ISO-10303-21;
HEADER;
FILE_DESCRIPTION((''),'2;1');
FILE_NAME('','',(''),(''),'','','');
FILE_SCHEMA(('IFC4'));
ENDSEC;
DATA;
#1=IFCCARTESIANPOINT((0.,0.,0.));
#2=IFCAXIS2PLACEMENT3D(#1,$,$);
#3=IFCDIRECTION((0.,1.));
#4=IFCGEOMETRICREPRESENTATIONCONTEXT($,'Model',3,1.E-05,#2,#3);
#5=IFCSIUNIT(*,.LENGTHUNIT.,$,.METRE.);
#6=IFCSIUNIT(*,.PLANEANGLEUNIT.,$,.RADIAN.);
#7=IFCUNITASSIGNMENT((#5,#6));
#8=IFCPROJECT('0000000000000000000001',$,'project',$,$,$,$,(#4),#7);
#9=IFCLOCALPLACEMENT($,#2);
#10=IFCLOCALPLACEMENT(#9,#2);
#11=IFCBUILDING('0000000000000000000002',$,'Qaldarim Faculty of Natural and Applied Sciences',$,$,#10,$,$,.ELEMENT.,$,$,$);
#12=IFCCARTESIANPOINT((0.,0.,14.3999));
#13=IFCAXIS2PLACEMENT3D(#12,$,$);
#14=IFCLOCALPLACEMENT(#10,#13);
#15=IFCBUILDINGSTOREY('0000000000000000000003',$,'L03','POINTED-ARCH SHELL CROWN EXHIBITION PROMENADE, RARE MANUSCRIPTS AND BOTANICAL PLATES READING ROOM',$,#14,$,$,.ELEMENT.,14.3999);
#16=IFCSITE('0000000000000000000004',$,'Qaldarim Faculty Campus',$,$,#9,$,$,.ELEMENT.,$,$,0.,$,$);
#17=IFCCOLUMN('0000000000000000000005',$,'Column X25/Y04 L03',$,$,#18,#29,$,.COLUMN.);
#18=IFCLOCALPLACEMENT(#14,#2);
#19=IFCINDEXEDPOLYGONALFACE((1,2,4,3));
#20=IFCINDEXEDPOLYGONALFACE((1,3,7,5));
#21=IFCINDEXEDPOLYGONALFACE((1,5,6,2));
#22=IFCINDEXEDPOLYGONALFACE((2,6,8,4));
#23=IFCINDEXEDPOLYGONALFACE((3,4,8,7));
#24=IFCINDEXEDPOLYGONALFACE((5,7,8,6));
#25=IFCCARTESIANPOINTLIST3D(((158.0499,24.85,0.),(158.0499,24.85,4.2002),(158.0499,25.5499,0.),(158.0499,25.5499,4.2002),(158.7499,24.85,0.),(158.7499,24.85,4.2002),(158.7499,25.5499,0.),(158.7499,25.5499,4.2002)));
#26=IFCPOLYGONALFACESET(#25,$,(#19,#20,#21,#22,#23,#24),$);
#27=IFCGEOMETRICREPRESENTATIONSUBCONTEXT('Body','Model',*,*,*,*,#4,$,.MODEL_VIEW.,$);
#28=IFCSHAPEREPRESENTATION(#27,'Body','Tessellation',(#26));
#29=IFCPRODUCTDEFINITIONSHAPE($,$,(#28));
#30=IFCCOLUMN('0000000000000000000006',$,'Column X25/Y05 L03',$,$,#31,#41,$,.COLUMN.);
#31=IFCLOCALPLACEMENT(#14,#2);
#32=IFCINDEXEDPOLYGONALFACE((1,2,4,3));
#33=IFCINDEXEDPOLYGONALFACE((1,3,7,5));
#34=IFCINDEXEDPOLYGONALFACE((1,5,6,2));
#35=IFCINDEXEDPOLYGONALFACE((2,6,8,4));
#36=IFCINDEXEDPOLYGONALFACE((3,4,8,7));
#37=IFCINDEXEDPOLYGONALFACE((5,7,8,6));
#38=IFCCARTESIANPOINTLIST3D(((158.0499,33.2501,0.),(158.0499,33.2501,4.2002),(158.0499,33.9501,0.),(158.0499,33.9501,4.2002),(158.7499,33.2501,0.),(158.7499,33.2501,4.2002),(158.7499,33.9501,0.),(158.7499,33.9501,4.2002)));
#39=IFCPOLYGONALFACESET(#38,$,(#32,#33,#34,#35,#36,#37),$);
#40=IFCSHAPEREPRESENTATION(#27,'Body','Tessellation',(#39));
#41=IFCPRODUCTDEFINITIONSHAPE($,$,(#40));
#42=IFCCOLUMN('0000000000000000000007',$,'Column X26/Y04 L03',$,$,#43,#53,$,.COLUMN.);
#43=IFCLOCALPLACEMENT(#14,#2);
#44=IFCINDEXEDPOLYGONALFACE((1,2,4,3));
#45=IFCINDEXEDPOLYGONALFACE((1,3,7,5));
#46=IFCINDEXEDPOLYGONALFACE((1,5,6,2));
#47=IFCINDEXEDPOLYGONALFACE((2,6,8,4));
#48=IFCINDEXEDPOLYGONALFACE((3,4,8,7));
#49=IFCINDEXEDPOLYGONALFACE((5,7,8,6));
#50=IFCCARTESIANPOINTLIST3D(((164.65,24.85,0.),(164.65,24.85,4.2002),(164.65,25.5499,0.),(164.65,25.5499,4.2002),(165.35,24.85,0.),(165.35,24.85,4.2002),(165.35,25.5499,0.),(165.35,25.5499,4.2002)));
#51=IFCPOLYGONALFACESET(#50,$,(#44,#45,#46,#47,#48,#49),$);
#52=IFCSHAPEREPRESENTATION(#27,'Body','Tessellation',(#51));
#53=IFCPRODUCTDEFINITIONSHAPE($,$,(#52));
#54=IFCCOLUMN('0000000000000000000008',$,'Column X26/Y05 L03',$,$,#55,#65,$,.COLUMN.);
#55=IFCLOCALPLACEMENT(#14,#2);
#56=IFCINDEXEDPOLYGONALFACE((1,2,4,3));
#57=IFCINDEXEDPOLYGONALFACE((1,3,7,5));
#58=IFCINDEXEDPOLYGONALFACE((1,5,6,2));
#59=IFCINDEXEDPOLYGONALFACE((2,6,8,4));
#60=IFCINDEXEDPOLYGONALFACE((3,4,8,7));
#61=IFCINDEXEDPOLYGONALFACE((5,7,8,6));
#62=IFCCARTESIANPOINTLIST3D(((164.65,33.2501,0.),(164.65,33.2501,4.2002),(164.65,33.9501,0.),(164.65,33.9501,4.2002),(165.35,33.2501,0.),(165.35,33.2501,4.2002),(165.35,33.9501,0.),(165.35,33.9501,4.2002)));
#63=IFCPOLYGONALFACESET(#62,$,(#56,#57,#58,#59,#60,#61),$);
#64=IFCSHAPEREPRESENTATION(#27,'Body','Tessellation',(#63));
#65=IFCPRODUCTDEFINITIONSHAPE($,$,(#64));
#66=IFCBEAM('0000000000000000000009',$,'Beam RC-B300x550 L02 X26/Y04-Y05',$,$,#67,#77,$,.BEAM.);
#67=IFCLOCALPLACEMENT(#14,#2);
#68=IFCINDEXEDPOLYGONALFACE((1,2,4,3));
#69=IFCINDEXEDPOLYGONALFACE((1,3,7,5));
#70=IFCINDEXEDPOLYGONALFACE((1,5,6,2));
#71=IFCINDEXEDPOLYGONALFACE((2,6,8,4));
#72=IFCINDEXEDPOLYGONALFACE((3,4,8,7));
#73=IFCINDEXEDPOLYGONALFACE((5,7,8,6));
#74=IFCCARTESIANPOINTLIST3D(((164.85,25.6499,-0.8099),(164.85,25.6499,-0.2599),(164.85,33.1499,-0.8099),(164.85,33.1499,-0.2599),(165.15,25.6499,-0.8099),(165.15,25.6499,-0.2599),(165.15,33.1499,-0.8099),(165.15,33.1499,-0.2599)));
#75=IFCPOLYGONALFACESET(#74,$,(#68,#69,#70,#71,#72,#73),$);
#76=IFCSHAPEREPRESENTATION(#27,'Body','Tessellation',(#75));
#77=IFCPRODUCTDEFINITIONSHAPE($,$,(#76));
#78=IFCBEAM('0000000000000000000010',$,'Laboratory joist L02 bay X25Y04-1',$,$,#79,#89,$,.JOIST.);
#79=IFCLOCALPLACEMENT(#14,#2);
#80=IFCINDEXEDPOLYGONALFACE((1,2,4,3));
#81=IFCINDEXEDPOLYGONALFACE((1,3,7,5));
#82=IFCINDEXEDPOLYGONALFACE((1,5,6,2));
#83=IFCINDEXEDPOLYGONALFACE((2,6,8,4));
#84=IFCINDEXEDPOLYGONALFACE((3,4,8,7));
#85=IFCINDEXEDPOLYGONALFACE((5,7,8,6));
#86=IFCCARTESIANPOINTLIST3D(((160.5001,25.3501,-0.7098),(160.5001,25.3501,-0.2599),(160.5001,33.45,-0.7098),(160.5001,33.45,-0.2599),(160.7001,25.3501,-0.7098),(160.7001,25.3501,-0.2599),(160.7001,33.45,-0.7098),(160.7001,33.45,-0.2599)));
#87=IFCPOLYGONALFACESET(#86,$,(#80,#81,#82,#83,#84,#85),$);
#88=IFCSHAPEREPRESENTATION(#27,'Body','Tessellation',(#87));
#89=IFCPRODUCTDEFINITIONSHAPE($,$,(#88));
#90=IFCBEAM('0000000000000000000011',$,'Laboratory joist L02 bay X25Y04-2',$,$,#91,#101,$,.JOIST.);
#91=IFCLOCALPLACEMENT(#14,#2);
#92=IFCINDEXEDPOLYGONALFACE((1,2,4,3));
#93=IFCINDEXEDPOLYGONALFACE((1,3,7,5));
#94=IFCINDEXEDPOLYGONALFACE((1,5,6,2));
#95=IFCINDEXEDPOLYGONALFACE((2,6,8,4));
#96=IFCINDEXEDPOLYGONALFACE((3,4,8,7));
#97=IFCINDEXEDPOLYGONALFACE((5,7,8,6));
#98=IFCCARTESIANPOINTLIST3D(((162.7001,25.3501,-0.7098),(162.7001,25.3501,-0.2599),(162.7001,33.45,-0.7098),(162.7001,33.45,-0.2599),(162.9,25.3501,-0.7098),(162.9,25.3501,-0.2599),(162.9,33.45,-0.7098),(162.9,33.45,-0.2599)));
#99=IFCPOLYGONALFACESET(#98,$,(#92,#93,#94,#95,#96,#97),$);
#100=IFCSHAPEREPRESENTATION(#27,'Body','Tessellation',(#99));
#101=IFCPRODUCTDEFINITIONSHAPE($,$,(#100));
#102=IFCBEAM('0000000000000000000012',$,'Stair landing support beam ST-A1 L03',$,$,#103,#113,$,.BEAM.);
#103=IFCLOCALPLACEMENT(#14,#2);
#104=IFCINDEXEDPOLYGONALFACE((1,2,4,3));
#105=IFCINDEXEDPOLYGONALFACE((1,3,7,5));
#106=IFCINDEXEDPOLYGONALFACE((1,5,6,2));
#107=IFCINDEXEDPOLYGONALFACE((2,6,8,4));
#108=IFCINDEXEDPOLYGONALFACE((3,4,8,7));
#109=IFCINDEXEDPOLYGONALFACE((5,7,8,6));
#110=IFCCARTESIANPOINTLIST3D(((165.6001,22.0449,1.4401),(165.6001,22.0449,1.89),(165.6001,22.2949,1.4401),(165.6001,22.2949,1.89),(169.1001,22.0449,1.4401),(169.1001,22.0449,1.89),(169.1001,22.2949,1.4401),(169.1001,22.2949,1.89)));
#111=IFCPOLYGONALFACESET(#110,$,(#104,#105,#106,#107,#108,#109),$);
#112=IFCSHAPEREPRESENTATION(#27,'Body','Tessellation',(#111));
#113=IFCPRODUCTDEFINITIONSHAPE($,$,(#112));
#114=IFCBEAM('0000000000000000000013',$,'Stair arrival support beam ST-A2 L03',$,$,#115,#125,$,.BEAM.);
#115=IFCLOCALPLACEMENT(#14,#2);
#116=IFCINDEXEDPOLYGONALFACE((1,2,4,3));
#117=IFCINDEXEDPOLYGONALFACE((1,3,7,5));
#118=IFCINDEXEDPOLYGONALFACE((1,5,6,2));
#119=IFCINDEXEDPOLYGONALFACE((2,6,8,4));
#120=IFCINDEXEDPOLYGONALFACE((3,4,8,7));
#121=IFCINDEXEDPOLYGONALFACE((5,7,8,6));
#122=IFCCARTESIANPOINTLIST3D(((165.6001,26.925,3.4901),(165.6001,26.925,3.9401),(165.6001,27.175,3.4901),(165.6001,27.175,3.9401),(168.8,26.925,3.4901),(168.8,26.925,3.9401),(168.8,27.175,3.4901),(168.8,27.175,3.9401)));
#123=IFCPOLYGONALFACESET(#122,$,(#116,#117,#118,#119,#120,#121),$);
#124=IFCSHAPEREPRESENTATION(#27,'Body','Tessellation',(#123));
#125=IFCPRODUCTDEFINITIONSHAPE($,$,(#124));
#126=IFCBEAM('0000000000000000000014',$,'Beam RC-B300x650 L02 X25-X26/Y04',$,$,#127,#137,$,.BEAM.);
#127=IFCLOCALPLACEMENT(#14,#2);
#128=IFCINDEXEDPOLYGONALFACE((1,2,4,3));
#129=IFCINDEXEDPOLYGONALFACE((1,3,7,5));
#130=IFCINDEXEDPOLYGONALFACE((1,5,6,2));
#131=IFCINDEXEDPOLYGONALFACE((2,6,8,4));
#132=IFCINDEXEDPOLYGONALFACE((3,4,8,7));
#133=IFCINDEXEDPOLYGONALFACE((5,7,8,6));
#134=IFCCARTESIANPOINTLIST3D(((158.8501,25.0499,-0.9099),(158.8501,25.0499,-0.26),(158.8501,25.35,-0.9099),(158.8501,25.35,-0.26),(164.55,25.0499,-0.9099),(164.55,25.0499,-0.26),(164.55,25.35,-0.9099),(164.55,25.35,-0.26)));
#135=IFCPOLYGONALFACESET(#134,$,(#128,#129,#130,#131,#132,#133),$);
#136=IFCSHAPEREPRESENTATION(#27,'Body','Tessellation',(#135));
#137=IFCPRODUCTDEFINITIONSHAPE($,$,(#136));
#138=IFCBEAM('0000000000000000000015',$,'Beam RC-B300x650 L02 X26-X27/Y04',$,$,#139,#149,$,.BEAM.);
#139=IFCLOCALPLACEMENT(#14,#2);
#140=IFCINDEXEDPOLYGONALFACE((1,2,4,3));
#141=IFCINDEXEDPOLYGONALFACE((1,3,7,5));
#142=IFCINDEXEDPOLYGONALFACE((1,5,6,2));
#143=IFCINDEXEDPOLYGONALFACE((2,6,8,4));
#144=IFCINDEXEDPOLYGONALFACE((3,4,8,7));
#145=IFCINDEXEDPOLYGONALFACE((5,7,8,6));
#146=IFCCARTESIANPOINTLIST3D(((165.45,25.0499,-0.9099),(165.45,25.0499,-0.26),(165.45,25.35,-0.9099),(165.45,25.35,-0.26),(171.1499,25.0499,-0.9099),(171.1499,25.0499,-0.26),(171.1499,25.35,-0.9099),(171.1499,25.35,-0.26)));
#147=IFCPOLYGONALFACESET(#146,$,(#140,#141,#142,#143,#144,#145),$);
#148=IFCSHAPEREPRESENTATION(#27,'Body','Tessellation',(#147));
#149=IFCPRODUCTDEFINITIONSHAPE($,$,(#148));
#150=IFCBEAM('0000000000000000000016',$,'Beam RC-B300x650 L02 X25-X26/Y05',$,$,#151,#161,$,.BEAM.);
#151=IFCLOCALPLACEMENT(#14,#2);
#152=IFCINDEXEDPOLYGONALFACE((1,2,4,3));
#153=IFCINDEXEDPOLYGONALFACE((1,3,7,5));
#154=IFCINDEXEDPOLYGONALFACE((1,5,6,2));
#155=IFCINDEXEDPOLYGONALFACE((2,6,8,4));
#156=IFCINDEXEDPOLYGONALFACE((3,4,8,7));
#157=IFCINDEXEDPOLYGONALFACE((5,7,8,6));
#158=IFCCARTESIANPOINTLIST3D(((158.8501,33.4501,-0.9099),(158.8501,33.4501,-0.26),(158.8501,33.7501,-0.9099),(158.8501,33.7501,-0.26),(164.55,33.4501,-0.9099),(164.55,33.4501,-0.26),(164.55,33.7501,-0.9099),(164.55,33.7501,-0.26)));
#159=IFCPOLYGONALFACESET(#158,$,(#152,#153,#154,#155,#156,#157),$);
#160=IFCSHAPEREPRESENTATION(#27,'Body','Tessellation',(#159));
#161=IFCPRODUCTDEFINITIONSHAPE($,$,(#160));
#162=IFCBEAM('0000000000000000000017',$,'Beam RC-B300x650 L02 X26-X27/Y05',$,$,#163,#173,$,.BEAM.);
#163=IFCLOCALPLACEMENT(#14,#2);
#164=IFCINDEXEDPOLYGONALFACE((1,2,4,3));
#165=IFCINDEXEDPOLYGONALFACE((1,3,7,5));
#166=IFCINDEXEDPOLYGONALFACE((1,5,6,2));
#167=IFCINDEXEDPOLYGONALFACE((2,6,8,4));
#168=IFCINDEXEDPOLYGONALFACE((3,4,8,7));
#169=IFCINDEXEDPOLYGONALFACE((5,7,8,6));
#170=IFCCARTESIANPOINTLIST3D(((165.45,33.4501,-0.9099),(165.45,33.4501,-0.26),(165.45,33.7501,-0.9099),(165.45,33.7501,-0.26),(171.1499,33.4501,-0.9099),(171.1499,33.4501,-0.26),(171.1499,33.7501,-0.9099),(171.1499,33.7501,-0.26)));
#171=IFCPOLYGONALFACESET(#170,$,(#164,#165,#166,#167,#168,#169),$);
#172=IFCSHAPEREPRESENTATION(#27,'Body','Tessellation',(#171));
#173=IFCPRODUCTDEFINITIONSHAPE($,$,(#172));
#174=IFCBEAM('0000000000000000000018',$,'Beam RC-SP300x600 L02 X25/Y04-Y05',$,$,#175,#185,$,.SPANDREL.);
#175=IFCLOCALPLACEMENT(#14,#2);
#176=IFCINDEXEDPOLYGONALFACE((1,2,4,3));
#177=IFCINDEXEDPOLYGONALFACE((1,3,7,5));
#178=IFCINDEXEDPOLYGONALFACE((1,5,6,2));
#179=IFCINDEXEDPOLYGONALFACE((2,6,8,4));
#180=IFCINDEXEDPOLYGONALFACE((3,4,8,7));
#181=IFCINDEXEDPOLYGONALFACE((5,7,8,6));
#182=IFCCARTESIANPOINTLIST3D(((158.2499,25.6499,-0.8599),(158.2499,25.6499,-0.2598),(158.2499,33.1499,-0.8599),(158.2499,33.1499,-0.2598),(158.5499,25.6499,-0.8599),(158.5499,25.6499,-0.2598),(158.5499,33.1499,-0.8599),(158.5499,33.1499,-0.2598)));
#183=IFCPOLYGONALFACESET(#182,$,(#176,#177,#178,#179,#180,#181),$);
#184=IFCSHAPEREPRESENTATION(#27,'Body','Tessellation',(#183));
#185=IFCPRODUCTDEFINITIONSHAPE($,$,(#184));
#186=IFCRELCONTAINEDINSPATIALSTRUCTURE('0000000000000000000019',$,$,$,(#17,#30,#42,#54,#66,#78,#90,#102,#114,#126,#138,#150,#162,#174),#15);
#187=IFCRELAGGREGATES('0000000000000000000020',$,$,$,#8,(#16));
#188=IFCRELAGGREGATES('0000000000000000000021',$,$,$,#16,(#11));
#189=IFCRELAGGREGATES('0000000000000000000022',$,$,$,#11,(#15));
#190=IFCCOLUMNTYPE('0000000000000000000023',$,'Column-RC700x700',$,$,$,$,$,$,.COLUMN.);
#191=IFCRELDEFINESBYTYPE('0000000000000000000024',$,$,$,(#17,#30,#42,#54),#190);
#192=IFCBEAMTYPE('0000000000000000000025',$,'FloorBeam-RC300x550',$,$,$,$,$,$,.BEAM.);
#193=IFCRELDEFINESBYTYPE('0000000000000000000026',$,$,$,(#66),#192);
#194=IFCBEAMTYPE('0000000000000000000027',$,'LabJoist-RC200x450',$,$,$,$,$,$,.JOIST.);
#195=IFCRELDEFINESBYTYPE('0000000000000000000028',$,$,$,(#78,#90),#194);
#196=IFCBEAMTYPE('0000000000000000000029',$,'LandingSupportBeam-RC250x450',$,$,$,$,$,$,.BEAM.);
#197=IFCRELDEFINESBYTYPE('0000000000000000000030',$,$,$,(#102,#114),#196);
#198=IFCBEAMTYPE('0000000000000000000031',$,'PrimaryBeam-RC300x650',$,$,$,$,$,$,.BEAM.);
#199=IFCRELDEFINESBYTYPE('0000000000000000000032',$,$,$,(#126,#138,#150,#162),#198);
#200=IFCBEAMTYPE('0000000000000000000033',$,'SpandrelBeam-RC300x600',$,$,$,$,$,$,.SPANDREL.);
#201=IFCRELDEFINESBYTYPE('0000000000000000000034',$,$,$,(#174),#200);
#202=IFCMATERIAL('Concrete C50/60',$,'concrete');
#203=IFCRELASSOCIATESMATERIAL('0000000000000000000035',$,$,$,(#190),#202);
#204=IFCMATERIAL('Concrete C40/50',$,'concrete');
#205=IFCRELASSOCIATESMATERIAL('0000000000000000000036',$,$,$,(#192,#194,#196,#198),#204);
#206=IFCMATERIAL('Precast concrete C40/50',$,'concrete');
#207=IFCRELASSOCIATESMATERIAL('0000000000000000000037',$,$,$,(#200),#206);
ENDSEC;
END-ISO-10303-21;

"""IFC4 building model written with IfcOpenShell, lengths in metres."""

from ifc_helpers import new_model, si_unit, direction, frame, origin, origin_2d, place, context, subcontext, project, spatial, rectangle, extrude, material, material_profile, profile_set, type_object, element, save


model = new_model("IFC4")

# Units and contexts
model_context = context("Model", 3, precision=1e-05, world=origin(), true_north=direction((0.0, 1.0)))
body_context = subcontext(model_context, "Body", "Model", "MODEL_VIEW")
ifc_project = project(units=[si_unit("LENGTHUNIT", "METRE"), si_unit("PLANEANGLEUNIT", "RADIAN")], contexts=[model_context])

# Site, building, storey
site_placement = place(None, origin())
site = spatial("IfcSite", under=ifc_project, at=site_placement, Name="Qaldarim Faculty Campus", CompositionType="ELEMENT", RefElevation=0.0)
building_placement = place(site_placement, origin())
building = spatial("IfcBuilding", under=site, at=building_placement, Name="Qaldarim Faculty of Natural and Applied Sciences", CompositionType="ELEMENT")
storey_placement = place(building_placement, frame((0.0, 0.0, 14.3999)))
storey = spatial("IfcBuildingStorey", under=building, at=storey_placement, Name="L03", Description="POINTED-ARCH SHELL CROWN EXHIBITION PROMENADE, RARE MANUSCRIPTS AND BOTANICAL PLATES READING ROOM", CompositionType="ELEMENT", Elevation=14.3999)

# Columns
ifc_material_1 = material(Name="Concrete C50/60", Category="concrete")
ifc_material_profile_1 = material_profile(ifc_material_1, rectangle(XDim=0.7, YDim=0.7, at=origin_2d()), Name="RC-C700x700")
ifc_profile_set_1 = profile_set([ifc_material_profile_1], Name="Concrete C50/60")
column_type = type_object("IfcColumnType", Name="Column-RC700x700", PredefinedType="COLUMN", material=ifc_profile_set_1)
for number, where, z_axis, x_axis, name in (
    (1, (158.3999, 25.2, 0.0), (0.0, 0.0, 1.0), (1.0, 0.0, 0.0), "Column X25/Y04 L03"),
    (2, (158.3999, 33.6001, 0.0), (0.0, 0.0, 1.0), (1.0, 0.0, 0.0), "Column X25/Y05 L03"),
    (3, (165.0, 25.2, 0.0), (0.0, 0.0, 1.0), (1.0, 0.0, 0.0), "Column X26/Y04 L03"),
    (4, (165.0, 33.6001, 0.0), (0.0, 0.0, 1.0), (1.0, 0.0, 0.0), "Column X26/Y05 L03"),
):
    element("IfcColumn", number, at=place(storey_placement, frame(where, z_axis=z_axis, x_axis=x_axis)), inside=storey, type_object=column_type, Name=name, PredefinedType="COLUMN", context=body_context, shape_type="SweptSolid", body=[
        extrude(rectangle(XDim=0.7, YDim=0.7, at=origin_2d()), origin(), (0.0, 0.0, 1.0), 4.2002),
    ])

# Beams
ifc_material_2 = material(Name="Concrete C40/50", Category="concrete")
ifc_material_profile_2 = material_profile(ifc_material_2, rectangle(XDim=0.3, YDim=0.55, at=origin_2d()), Name="RC-B300x550")
ifc_profile_set_2 = profile_set([ifc_material_profile_2], Name="Concrete C40/50")
beam_type_1 = type_object("IfcBeamType", Name="FloorBeam-RC300x550", PredefinedType="BEAM", material=ifc_profile_set_2)
beam_1_placement = place(storey_placement, frame((165.0, 25.6499, -0.5349), z_axis=(0.0, 1.0, 0.0), x_axis=(-1.0, 0.0, 0.0)))
element("IfcBeam", 5, at=beam_1_placement, inside=storey, type_object=beam_type_1, Name="Beam RC-B300x550 L02 X26/Y04-Y05", PredefinedType="BEAM", context=body_context, shape_type="SweptSolid", body=[
    extrude(rectangle(XDim=0.3, YDim=0.55, at=origin_2d()), origin(), (0.0, 0.0, 1.0), 7.5),
])
ifc_material_profile_3 = material_profile(ifc_material_2, rectangle(XDim=0.2, YDim=0.45, at=origin_2d()), Name="RC-J200x450")
ifc_profile_set_3 = profile_set([ifc_material_profile_3], Name="Concrete C40/50")
beam_type_2 = type_object("IfcBeamType", Name="LabJoist-RC200x450", PredefinedType="JOIST", material=ifc_profile_set_3)
for number, where, z_axis, x_axis, name in (
    (6, (160.6001, 25.3501, -0.4849), (0.0, 1.0, 0.0), (-1.0, 0.0, 0.0), "Laboratory joist L02 bay X25Y04-1"),
    (7, (162.8, 25.3501, -0.4849), (0.0, 1.0, 0.0), (-1.0, 0.0, 0.0), "Laboratory joist L02 bay X25Y04-2"),
):
    element("IfcBeam", number, at=place(storey_placement, frame(where, z_axis=z_axis, x_axis=x_axis)), inside=storey, type_object=beam_type_2, Name=name, PredefinedType="JOIST", context=body_context, shape_type="SweptSolid", body=[
        extrude(rectangle(XDim=0.2, YDim=0.45, at=origin_2d()), origin(), (0.0, 0.0, 1.0), 8.0999),
    ])
ifc_material_profile_4 = material_profile(ifc_material_2, rectangle(XDim=0.25, YDim=0.45, at=origin_2d()), Name="RC-LN250x450")
ifc_profile_set_4 = profile_set([ifc_material_profile_4], Name="Concrete C40/50")
beam_type_3 = type_object("IfcBeamType", Name="LandingSupportBeam-RC250x450", PredefinedType="BEAM", material=ifc_profile_set_4)
beam_2_placement = place(storey_placement, frame((165.6001, 22.1699, 1.665), z_axis=(1.0, 0.0, 0.0), x_axis=(0.0, 1.0, 0.0)))
element("IfcBeam", 8, at=beam_2_placement, inside=storey, type_object=beam_type_3, Name="Stair landing support beam ST-A1 L03", PredefinedType="BEAM", context=body_context, shape_type="SweptSolid", body=[
    extrude(rectangle(XDim=0.25, YDim=0.45, at=origin_2d()), origin(), (0.0, 0.0, 1.0), 3.5),
])
beam_3_placement = place(storey_placement, frame((165.6001, 27.05, 3.7151), z_axis=(1.0, 0.0, 0.0), x_axis=(0.0, 1.0, 0.0)))
element("IfcBeam", 9, at=beam_3_placement, inside=storey, type_object=beam_type_3, Name="Stair arrival support beam ST-A2 L03", PredefinedType="BEAM", context=body_context, shape_type="SweptSolid", body=[
    extrude(rectangle(XDim=0.25, YDim=0.45, at=origin_2d()), origin(), (0.0, 0.0, 1.0), 3.2),
])
ifc_material_profile_5 = material_profile(ifc_material_2, rectangle(XDim=0.3, YDim=0.6499, at=origin_2d()), Name="RC-B300x650")
ifc_profile_set_5 = profile_set([ifc_material_profile_5], Name="Concrete C40/50")
beam_type_4 = type_object("IfcBeamType", Name="PrimaryBeam-RC300x650", PredefinedType="BEAM", material=ifc_profile_set_5)
for number, where, z_axis, x_axis, name in (
    (10, (158.8501, 25.2, -0.585), (1.0, 0.0, 0.0), (0.0, 1.0, 0.0), "Beam RC-B300x650 L02 X25-X26/Y04"),
    (11, (165.45, 25.2, -0.585), (1.0, 0.0, 0.0), (0.0, 1.0, 0.0), "Beam RC-B300x650 L02 X26-X27/Y04"),
    (12, (158.8501, 33.6001, -0.585), (1.0, 0.0, 0.0), (0.0, 1.0, 0.0), "Beam RC-B300x650 L02 X25-X26/Y05"),
    (13, (165.45, 33.6001, -0.585), (1.0, 0.0, 0.0), (0.0, 1.0, 0.0), "Beam RC-B300x650 L02 X26-X27/Y05"),
):
    element("IfcBeam", number, at=place(storey_placement, frame(where, z_axis=z_axis, x_axis=x_axis)), inside=storey, type_object=beam_type_4, Name=name, PredefinedType="BEAM", context=body_context, shape_type="SweptSolid", body=[
        extrude(rectangle(XDim=0.3, YDim=0.6499, at=origin_2d()), origin(), (0.0, 0.0, 1.0), 5.7),
    ])
ifc_material_3 = material(Name="Precast concrete C40/50", Category="concrete")
ifc_material_profile_6 = material_profile(ifc_material_3, rectangle(XDim=0.3, YDim=0.6001, at=origin_2d()), Name="RC-SP300x600")
ifc_profile_set_6 = profile_set([ifc_material_profile_6], Name="Precast concrete C40/50")
beam_type_5 = type_object("IfcBeamType", Name="SpandrelBeam-RC300x600", PredefinedType="SPANDREL", material=ifc_profile_set_6)
beam_4_placement = place(storey_placement, frame((158.3999, 25.6499, -0.5598), z_axis=(0.0, 1.0, 0.0), x_axis=(-1.0, 0.0, 0.0)))
element("IfcBeam", 14, at=beam_4_placement, inside=storey, type_object=beam_type_5, Name="Beam RC-SP300x600 L02 X25/Y04-Y05", PredefinedType="SPANDREL", context=body_context, shape_type="SweptSolid", body=[
    extrude(rectangle(XDim=0.3, YDim=0.6001, at=origin_2d()), origin(), (0.0, 0.0, 1.0), 7.5),
])

save(model, "model.ifc")
